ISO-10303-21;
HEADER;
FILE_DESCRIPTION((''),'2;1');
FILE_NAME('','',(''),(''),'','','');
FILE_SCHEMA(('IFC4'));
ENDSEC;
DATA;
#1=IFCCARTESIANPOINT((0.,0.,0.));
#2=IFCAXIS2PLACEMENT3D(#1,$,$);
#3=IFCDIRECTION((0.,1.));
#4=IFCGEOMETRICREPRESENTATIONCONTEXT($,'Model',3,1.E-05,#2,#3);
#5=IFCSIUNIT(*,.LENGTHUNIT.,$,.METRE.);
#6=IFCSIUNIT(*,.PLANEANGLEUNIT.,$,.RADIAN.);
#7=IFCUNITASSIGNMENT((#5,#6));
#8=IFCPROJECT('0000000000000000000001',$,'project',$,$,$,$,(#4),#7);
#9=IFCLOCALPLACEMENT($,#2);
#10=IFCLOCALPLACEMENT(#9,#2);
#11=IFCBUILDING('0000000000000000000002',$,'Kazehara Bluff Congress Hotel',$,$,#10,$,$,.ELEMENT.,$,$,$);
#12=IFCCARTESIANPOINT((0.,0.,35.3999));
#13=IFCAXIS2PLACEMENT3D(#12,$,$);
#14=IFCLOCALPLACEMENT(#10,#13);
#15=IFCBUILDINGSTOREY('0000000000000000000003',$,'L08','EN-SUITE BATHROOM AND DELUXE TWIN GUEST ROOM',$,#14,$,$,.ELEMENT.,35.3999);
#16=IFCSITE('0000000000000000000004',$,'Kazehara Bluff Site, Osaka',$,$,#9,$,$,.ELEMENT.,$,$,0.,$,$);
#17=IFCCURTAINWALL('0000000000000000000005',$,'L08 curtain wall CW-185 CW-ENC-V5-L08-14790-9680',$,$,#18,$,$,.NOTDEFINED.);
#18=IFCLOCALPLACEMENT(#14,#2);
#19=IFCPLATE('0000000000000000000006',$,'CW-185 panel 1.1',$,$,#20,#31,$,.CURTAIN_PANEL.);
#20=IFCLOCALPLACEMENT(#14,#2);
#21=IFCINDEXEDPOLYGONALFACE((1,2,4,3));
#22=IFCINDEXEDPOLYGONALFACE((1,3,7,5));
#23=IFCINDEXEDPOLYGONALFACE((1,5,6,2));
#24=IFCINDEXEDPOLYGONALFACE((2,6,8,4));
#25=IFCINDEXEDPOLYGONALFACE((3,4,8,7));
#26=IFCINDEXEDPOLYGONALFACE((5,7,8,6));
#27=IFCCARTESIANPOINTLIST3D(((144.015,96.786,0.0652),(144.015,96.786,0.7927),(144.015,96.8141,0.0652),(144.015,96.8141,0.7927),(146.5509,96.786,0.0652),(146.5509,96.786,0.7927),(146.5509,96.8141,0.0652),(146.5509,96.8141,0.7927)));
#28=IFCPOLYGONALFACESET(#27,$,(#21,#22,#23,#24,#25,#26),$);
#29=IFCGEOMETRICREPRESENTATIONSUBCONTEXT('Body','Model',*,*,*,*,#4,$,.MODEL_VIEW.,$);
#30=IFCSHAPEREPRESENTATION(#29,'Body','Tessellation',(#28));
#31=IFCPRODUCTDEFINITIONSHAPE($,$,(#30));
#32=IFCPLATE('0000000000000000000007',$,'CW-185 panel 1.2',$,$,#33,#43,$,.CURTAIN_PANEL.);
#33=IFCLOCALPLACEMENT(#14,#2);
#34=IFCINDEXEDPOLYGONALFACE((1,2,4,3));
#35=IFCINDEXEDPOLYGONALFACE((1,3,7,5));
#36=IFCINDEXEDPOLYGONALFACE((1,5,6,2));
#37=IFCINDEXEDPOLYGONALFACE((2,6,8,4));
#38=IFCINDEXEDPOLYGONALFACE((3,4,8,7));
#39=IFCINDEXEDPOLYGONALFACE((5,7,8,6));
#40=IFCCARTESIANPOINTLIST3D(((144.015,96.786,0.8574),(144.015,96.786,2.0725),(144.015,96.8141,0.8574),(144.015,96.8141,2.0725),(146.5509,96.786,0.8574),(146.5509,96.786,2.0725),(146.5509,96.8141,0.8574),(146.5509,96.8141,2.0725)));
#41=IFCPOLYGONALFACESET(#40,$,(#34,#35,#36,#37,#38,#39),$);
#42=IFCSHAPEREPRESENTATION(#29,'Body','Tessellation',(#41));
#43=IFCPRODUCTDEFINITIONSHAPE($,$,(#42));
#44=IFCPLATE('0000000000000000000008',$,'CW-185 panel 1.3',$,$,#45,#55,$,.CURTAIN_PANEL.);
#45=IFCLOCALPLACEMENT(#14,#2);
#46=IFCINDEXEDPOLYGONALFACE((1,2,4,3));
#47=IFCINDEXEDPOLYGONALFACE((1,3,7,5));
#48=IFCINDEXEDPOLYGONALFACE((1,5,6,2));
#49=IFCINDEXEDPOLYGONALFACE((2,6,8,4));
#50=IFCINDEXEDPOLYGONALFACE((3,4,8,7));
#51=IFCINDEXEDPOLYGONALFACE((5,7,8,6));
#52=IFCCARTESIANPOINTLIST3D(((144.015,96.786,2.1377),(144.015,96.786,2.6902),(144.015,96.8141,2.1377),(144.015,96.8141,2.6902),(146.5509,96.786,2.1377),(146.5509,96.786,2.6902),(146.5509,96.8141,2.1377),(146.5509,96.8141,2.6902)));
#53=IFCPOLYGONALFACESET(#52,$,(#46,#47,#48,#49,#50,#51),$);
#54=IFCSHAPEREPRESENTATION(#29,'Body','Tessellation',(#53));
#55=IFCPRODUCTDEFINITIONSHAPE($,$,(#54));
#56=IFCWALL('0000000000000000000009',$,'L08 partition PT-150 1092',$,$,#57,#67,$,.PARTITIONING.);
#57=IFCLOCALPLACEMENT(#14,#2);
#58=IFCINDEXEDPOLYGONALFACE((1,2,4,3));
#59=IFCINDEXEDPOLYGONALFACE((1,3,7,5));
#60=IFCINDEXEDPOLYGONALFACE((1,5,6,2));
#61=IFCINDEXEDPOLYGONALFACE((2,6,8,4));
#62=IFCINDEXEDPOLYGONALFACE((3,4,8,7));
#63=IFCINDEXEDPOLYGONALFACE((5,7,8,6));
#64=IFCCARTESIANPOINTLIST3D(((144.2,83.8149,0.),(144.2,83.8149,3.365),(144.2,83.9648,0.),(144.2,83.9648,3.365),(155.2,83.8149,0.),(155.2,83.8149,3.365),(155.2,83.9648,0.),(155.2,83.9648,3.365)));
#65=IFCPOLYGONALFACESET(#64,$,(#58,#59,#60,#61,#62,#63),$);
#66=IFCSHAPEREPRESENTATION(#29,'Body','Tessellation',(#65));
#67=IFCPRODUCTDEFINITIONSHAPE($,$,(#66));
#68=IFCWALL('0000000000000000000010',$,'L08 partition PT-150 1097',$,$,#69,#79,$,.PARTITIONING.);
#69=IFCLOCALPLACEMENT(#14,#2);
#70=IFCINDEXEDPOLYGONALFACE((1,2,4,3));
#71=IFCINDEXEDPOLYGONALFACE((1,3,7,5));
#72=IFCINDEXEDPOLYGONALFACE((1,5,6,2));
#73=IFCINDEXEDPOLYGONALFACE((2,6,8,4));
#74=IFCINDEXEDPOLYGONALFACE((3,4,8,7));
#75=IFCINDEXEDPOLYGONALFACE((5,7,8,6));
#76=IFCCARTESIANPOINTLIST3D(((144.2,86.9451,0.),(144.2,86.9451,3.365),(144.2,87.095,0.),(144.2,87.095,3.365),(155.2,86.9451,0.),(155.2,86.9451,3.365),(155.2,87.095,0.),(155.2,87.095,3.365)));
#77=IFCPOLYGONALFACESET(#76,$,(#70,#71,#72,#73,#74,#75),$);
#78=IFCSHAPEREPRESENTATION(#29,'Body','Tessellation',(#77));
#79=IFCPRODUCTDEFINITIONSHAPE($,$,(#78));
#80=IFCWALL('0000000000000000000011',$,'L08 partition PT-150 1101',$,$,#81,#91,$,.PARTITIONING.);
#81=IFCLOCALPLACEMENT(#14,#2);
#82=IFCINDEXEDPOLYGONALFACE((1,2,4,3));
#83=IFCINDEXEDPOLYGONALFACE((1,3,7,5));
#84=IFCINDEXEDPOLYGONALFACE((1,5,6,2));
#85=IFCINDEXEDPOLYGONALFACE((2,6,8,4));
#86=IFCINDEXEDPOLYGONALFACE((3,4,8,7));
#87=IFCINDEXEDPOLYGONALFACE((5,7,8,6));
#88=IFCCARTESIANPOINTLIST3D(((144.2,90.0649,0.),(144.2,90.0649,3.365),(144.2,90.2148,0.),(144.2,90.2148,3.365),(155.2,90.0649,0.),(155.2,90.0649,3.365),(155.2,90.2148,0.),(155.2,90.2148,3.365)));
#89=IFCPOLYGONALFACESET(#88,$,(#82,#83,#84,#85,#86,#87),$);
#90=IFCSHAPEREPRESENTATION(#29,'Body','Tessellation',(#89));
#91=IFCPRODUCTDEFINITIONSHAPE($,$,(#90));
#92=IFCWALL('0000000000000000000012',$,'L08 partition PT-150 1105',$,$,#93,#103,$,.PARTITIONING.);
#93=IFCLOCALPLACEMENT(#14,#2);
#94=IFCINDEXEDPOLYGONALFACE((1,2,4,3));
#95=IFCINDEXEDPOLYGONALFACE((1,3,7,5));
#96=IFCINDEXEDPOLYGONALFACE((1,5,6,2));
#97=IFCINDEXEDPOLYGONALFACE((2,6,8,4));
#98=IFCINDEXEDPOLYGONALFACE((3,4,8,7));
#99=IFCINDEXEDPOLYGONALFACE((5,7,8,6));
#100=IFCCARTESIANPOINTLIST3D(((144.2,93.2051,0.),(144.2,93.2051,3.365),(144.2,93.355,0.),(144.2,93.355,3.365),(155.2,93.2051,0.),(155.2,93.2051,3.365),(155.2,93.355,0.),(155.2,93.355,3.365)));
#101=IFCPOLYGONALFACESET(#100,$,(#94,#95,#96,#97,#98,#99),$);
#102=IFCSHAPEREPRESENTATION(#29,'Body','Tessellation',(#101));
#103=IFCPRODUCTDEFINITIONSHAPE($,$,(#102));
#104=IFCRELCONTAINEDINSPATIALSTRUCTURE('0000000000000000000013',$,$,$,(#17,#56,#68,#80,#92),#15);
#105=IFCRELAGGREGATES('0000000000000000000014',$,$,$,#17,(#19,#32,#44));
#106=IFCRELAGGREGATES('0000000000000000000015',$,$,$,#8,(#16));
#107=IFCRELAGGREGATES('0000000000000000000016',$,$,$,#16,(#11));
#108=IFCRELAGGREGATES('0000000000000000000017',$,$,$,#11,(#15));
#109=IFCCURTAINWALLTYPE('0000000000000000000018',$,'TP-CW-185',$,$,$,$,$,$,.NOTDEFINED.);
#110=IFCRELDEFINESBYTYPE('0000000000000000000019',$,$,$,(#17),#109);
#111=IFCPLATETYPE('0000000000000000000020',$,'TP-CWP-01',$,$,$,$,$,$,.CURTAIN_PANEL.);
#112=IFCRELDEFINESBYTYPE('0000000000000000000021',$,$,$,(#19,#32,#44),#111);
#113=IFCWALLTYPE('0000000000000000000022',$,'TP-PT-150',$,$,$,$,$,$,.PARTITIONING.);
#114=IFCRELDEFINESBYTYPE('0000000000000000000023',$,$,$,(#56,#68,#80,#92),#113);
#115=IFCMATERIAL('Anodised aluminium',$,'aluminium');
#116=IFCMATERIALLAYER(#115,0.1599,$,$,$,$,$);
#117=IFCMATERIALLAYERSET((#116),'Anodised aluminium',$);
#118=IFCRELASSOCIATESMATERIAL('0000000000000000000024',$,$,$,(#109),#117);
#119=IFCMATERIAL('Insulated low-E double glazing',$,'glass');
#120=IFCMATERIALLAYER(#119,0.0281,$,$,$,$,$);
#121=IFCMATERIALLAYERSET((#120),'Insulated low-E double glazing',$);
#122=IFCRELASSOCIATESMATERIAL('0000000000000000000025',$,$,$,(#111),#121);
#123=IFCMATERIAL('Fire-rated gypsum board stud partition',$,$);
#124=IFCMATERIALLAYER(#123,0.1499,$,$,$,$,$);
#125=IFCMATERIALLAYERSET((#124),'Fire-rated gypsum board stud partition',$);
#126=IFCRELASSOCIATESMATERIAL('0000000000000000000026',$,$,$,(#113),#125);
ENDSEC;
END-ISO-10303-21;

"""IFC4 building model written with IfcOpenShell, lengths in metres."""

from ifc_helpers import new_model, si_unit, direction, frame, frame_2d, origin, origin_2d, place, context, subcontext, project, spatial, rectangle, extrude, material, layer, layer_set, type_object, element, aggregate, save


model = new_model("IFC4")

# Units and contexts
model_context = context("Model", 3, precision=1e-05, world=origin(), true_north=direction((0.0, 1.0)))
body_context = subcontext(model_context, "Body", "Model", "MODEL_VIEW")
ifc_project = project(units=[si_unit("LENGTHUNIT", "METRE"), si_unit("PLANEANGLEUNIT", "RADIAN")], contexts=[model_context])

# Site, building, storey
site_placement = place(None, origin())
site = spatial("IfcSite", under=ifc_project, at=site_placement, Name="Kazehara Bluff Site, Osaka", CompositionType="ELEMENT", RefElevation=0.0)
building_placement = place(site_placement, origin())
building = spatial("IfcBuilding", under=site, at=building_placement, Name="Kazehara Bluff Congress Hotel", CompositionType="ELEMENT")
storey_placement = place(building_placement, frame((0.0, 0.0, 35.3999)))
storey = spatial("IfcBuildingStorey", under=building, at=storey_placement, Name="L08", Description="EN-SUITE BATHROOM AND DELUXE TWIN GUEST ROOM", CompositionType="ELEMENT", Elevation=35.3999)

# Curtain wall
ifc_material_1 = material(Name="Anodised aluminium", Category="aluminium")
ifc_layer_1 = layer(ifc_material_1, 0.1599)
ifc_layer_set_1 = layer_set([ifc_layer_1], Name="Anodised aluminium")
curtain_wall_type = type_object("IfcCurtainWallType", Name="TP-CW-185", PredefinedType="NOTDEFINED", material=ifc_layer_set_1)
curtain_wall_placement = place(storey_placement, origin())
curtain_wall = element("IfcCurtainWall", 1, at=curtain_wall_placement, inside=storey, type_object=curtain_wall_type, Name="L08 curtain wall CW-185 CW-ENC-V5-L08-14790-9680", PredefinedType="NOTDEFINED")

# Plates
ifc_material_2 = material(Name="Insulated low-E double glazing", Category="glass")
ifc_layer_2 = layer(ifc_material_2, 0.0281)
ifc_layer_set_2 = layer_set([ifc_layer_2], Name="Insulated low-E double glazing")
plate_type = type_object("IfcPlateType", Name="TP-CWP-01", PredefinedType="CURTAIN_PANEL", material=ifc_layer_set_2)
plate_1_placement = place(storey_placement, frame((145.283, 96.8, 0.0652), z_axis=(0.0, 0.0, 1.0), x_axis=(1.0, 0.0, 0.0)))
plate_1 = element("IfcPlate", 2, at=plate_1_placement, type_object=plate_type, Name="CW-185 panel 1.1", PredefinedType="CURTAIN_PANEL", context=body_context, shape_type="SweptSolid", body=[
    extrude(rectangle(XDim=2.5359, YDim=0.0281, at=origin_2d()), origin(), (0.0, 0.0, 1.0), 0.7275),
])
plate_2_placement = place(storey_placement, frame((145.283, 96.8, 0.8574), z_axis=(0.0, 0.0, 1.0), x_axis=(1.0, 0.0, 0.0)))
plate_2 = element("IfcPlate", 3, at=plate_2_placement, type_object=plate_type, Name="CW-185 panel 1.2", PredefinedType="CURTAIN_PANEL", context=body_context, shape_type="SweptSolid", body=[
    extrude(rectangle(XDim=2.5359, YDim=0.0281, at=origin_2d()), origin(), (0.0, 0.0, 1.0), 1.2151),
])
plate_3_placement = place(storey_placement, frame((145.283, 96.8, 2.1377), z_axis=(0.0, 0.0, 1.0), x_axis=(1.0, 0.0, 0.0)))
plate_3 = element("IfcPlate", 4, at=plate_3_placement, type_object=plate_type, Name="CW-185 panel 1.3", PredefinedType="CURTAIN_PANEL", context=body_context, shape_type="SweptSolid", body=[
    extrude(rectangle(XDim=2.5359, YDim=0.0281, at=origin_2d()), origin(), (0.0, 0.0, 1.0), 0.5525),
])
aggregate(curtain_wall, [plate_1, plate_2, plate_3])

# Shared definitions
ifc_material_3 = material(Name="Fire-rated gypsum board stud partition")
ifc_layer_3 = layer(ifc_material_3, 0.1499)
ifc_layer_set_3 = layer_set([ifc_layer_3], Name="Fire-rated gypsum board stud partition")
wall_type = type_object("IfcWallType", Name="TP-PT-150", PredefinedType="PARTITIONING", material=ifc_layer_set_3)

# Wall
wall_1_placement = place(storey_placement, frame((144.2, 83.8899, 0.0), z_axis=(0.0, 0.0, 1.0), x_axis=(1.0, 0.0, 0.0)))
element("IfcWall", 5, at=wall_1_placement, inside=storey, type_object=wall_type, Name="L08 partition PT-150 1092", PredefinedType="PARTITIONING", context=body_context, shape_type="SweptSolid", body=[
    extrude(rectangle(XDim=11.0, YDim=0.1499, at=frame_2d((5.5, 0.0))), origin(), (0.0, 0.0, 1.0), 3.365),
])

# Wall
wall_2_placement = place(storey_placement, frame((144.2, 87.02, 0.0), z_axis=(0.0, 0.0, 1.0), x_axis=(1.0, 0.0, 0.0)))
element("IfcWall", 6, at=wall_2_placement, inside=storey, type_object=wall_type, Name="L08 partition PT-150 1097", PredefinedType="PARTITIONING", context=body_context, shape_type="SweptSolid", body=[
    extrude(rectangle(XDim=11.0, YDim=0.1499, at=frame_2d((5.5, 0.0))), origin(), (0.0, 0.0, 1.0), 3.365),
])

# Wall
wall_3_placement = place(storey_placement, frame((144.2, 90.1399, 0.0), z_axis=(0.0, 0.0, 1.0), x_axis=(1.0, 0.0, 0.0)))
element("IfcWall", 7, at=wall_3_placement, inside=storey, type_object=wall_type, Name="L08 partition PT-150 1101", PredefinedType="PARTITIONING", context=body_context, shape_type="SweptSolid", body=[
    extrude(rectangle(XDim=11.0, YDim=0.1499, at=frame_2d((5.5, 0.0))), origin(), (0.0, 0.0, 1.0), 3.365),
])

# Wall
wall_4_placement = place(storey_placement, frame((144.2, 93.28, 0.0), z_axis=(0.0, 0.0, 1.0), x_axis=(1.0, 0.0, 0.0)))
element("IfcWall", 8, at=wall_4_placement, inside=storey, type_object=wall_type, Name="L08 partition PT-150 1105", PredefinedType="PARTITIONING", context=body_context, shape_type="SweptSolid", body=[
    extrude(rectangle(XDim=11.0, YDim=0.1499, at=frame_2d((5.5, 0.0))), origin(), (0.0, 0.0, 1.0), 3.365),
])

save(model, "model.ifc")
